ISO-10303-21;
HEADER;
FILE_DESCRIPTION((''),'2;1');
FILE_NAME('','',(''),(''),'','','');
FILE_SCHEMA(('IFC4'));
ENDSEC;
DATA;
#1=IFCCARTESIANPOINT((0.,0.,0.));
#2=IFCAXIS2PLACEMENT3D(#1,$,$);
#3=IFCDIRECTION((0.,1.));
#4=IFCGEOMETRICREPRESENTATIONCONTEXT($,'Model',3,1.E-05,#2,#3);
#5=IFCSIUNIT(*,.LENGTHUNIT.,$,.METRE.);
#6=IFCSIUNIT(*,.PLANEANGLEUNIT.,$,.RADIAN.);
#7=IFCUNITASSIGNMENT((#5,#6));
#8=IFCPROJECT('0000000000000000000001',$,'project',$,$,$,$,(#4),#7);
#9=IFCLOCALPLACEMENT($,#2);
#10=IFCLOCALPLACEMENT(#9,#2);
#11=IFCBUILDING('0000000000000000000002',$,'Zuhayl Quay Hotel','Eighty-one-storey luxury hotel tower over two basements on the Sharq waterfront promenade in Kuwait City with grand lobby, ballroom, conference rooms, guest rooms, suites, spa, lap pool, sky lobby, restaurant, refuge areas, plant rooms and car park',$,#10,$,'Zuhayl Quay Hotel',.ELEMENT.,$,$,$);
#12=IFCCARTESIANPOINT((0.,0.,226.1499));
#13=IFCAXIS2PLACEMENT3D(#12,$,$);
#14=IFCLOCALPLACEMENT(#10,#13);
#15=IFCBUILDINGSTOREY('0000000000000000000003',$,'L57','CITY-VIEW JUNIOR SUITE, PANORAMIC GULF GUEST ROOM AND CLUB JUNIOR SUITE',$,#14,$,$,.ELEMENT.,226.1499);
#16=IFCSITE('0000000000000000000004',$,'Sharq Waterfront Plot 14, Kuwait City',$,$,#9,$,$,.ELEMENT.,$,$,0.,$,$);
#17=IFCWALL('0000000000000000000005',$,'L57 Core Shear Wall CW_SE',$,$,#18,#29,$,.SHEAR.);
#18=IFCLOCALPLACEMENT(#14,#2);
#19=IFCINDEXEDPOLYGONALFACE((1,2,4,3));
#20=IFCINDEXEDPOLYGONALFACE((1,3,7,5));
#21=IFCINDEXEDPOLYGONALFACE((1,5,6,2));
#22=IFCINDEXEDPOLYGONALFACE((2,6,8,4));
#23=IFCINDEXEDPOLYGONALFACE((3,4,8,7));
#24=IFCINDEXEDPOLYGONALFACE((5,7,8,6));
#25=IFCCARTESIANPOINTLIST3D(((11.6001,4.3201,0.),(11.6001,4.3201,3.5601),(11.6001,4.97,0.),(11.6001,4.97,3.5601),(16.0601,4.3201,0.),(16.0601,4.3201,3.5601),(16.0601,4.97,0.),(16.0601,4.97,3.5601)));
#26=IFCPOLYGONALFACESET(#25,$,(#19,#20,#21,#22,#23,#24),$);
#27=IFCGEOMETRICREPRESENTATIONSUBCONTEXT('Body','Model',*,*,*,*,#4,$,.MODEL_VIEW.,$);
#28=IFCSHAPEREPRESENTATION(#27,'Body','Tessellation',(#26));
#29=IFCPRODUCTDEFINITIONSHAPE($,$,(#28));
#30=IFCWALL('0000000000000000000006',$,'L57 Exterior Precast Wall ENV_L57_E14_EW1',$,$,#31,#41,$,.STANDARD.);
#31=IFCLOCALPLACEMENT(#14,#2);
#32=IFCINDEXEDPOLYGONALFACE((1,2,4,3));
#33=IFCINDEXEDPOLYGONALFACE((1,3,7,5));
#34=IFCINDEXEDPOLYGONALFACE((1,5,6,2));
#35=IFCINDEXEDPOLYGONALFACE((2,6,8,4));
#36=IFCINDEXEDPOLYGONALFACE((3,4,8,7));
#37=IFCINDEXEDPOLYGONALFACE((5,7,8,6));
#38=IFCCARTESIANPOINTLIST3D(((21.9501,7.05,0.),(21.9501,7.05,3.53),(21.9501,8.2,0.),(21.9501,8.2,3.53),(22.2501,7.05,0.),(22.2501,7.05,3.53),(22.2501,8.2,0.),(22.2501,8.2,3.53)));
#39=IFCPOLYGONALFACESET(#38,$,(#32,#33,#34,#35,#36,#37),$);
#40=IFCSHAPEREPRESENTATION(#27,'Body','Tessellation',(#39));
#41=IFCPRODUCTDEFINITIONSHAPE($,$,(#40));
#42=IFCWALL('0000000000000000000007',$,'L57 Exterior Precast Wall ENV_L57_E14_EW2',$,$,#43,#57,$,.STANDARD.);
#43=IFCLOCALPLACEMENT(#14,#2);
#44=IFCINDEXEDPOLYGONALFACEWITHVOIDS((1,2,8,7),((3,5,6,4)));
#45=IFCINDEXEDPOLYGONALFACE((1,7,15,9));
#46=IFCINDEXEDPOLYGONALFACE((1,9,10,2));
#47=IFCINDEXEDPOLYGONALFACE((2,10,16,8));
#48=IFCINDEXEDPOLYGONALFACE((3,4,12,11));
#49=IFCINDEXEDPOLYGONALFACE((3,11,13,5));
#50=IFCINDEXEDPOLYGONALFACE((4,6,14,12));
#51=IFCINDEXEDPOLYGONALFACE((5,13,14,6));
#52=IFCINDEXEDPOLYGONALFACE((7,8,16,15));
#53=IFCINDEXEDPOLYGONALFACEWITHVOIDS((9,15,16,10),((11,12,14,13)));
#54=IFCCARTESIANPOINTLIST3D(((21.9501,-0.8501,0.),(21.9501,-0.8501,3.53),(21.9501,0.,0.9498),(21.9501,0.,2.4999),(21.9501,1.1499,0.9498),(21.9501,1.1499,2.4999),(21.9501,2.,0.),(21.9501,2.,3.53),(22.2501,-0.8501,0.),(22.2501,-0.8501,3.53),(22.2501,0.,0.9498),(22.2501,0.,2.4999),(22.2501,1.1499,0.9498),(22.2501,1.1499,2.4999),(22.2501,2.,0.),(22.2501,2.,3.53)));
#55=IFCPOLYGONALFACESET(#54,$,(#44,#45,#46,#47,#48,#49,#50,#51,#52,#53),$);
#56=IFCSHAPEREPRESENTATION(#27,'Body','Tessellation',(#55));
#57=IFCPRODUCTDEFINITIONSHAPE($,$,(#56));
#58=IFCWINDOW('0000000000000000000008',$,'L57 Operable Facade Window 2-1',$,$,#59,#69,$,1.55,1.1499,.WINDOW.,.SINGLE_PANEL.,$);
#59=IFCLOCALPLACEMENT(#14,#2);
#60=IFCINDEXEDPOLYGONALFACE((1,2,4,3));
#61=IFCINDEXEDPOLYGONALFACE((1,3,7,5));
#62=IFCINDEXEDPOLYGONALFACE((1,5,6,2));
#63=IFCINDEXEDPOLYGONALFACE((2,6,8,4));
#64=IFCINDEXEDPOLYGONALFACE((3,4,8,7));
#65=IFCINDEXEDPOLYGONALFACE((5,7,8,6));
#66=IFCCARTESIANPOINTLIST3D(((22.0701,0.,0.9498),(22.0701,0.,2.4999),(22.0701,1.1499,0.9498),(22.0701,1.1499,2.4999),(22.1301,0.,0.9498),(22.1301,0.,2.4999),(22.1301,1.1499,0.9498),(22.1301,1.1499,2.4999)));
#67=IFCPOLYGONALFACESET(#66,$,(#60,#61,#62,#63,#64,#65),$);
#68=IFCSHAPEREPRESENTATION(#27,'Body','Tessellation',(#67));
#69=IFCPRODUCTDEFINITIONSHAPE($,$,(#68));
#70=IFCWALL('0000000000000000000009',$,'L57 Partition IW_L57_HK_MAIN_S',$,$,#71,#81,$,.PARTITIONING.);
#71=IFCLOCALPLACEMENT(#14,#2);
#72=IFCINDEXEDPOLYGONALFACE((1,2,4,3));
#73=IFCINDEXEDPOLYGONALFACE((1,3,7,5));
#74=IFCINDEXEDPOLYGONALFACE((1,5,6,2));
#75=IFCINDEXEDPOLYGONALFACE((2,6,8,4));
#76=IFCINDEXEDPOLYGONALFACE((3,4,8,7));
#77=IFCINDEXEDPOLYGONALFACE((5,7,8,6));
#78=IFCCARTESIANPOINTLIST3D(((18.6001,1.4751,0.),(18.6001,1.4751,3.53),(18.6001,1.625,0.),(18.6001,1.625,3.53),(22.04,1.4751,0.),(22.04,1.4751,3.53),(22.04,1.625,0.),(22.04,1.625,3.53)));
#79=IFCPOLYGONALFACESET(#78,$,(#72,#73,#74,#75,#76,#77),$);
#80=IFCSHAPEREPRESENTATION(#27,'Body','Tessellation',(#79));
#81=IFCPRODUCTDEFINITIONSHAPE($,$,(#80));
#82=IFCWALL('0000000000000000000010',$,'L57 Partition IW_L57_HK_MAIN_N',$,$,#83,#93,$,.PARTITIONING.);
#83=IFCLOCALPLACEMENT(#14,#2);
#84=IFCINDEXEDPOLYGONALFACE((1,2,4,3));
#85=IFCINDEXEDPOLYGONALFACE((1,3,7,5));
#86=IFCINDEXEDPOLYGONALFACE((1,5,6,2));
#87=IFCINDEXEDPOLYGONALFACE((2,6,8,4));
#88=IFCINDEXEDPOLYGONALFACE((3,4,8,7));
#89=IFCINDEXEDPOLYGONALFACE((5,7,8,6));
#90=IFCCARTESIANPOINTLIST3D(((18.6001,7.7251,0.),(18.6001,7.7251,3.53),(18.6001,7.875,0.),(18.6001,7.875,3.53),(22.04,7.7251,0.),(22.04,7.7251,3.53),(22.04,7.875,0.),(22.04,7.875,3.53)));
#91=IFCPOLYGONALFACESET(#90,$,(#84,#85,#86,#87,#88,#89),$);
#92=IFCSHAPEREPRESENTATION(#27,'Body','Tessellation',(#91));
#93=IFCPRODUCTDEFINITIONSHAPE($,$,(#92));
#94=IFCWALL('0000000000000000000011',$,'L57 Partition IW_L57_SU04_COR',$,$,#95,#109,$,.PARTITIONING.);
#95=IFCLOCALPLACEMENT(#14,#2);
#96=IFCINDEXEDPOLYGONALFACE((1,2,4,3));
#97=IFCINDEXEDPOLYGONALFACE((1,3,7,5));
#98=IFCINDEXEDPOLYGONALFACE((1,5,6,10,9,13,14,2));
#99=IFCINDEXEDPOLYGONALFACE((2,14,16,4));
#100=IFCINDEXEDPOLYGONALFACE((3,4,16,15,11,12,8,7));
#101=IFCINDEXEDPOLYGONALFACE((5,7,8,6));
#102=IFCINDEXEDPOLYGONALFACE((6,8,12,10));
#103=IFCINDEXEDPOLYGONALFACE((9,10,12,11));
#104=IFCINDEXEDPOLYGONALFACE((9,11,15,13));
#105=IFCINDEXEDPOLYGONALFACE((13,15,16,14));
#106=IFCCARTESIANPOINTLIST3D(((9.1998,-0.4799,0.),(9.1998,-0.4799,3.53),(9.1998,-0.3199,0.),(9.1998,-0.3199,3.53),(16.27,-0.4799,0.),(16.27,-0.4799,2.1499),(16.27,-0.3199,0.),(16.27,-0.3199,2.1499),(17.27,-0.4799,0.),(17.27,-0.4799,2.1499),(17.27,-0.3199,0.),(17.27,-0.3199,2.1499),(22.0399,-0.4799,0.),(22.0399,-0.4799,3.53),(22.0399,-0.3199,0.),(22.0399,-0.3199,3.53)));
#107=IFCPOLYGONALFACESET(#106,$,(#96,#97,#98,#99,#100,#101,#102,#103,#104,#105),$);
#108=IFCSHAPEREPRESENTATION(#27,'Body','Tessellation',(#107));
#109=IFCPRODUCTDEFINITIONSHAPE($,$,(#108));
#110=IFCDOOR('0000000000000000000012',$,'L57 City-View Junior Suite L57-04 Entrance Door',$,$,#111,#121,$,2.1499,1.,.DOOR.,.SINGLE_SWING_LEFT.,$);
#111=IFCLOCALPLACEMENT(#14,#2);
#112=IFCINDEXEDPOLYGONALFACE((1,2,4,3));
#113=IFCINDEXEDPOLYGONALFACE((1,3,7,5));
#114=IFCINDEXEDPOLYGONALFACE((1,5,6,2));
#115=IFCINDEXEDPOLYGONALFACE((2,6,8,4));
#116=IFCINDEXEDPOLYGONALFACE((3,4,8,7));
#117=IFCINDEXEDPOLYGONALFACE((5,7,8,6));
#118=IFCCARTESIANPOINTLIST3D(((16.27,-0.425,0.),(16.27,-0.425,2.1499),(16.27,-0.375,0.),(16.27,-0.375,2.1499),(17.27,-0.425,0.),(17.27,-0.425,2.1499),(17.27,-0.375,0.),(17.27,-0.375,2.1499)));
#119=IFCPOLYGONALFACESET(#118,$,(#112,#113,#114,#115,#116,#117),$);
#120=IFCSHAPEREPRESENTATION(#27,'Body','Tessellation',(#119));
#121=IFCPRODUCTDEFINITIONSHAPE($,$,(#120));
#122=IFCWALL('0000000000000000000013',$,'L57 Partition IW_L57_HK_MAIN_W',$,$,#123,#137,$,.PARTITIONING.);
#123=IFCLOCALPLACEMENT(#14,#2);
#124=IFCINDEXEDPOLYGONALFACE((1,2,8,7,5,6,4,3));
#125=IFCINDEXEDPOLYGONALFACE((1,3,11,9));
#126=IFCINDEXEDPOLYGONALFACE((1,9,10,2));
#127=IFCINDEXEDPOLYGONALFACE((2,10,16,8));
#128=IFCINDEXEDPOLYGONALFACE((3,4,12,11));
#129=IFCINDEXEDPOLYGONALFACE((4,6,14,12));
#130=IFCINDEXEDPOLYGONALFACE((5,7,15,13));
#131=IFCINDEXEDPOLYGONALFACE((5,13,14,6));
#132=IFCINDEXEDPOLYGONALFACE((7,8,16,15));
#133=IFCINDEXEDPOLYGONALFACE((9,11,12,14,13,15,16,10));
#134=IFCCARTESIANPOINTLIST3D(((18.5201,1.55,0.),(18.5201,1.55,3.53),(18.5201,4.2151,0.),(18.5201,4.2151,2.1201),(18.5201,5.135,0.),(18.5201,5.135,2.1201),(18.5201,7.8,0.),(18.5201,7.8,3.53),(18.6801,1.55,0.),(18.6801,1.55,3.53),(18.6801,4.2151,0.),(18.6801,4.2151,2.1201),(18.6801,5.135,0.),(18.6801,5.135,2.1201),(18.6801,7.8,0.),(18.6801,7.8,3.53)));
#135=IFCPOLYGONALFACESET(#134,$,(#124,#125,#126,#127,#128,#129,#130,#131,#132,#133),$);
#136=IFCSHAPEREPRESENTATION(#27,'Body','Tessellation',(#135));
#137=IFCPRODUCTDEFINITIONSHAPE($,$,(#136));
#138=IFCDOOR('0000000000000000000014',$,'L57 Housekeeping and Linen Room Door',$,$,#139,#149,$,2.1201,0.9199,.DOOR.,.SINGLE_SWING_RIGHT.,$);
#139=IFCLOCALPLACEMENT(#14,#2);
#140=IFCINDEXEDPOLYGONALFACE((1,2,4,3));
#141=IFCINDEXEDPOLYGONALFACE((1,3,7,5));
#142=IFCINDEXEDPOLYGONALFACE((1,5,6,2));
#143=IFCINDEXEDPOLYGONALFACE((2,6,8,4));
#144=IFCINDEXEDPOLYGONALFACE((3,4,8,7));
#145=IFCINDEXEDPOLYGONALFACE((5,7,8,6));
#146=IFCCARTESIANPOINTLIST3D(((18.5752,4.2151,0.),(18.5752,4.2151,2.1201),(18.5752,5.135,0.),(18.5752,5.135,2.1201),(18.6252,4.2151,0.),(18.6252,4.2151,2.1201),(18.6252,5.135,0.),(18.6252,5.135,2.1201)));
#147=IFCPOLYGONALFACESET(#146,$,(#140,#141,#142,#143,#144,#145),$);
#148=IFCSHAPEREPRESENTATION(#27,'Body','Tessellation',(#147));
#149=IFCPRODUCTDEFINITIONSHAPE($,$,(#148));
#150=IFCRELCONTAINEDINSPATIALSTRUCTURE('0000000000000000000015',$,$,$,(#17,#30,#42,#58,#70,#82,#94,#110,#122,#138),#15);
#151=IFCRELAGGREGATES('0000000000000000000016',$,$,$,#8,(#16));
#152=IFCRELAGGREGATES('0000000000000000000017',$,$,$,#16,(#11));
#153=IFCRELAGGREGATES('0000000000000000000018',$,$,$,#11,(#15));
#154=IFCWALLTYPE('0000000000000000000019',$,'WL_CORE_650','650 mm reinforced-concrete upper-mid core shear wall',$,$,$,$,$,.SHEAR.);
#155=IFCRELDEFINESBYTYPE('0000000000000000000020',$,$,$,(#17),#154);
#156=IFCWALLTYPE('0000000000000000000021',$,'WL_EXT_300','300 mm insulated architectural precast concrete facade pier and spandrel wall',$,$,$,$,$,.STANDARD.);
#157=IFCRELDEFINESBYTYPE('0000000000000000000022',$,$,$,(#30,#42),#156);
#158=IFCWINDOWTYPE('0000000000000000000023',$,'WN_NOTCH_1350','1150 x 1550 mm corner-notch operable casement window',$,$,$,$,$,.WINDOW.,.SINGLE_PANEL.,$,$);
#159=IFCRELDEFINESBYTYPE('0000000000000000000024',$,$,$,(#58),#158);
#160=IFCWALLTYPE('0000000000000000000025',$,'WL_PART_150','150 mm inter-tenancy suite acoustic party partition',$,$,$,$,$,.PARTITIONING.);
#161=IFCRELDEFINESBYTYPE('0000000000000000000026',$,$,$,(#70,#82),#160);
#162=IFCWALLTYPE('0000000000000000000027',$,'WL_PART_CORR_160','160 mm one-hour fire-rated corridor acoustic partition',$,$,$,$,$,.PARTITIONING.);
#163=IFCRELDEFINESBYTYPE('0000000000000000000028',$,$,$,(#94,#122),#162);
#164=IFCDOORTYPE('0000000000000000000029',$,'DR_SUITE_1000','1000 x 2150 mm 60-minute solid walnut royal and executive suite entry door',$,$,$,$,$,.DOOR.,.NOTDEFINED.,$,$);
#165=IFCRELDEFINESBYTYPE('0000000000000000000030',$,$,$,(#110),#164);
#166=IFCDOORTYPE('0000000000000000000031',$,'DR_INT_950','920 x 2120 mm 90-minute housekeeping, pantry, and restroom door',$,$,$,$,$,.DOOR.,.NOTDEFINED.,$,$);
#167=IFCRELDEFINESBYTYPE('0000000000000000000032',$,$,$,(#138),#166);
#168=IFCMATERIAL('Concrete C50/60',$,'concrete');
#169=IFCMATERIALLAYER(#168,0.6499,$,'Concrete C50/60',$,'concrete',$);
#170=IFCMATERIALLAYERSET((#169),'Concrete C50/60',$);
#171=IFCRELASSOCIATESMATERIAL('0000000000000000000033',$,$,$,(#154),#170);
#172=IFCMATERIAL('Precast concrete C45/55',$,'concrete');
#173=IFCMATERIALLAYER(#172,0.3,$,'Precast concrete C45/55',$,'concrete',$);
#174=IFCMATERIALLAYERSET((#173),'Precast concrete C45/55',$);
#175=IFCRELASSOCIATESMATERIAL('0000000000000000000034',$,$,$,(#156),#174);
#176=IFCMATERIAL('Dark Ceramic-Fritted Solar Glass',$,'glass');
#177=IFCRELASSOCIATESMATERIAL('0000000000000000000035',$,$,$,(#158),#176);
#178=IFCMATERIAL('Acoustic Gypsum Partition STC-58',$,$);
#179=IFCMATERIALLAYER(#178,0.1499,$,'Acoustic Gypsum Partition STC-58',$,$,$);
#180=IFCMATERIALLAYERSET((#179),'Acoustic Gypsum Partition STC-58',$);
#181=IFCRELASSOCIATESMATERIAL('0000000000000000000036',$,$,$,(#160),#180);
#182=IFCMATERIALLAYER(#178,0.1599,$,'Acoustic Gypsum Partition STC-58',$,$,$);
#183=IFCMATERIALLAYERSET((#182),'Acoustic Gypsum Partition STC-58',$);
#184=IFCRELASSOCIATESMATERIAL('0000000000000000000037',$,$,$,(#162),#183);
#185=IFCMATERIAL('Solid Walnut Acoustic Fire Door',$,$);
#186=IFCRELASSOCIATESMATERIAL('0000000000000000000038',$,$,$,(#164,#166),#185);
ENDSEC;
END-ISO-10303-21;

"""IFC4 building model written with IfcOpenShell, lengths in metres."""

from ifc_helpers import new_model, si_unit, direction, frame, frame_2d, origin, place, context, subcontext, project, spatial, rectangle, extrude, material, layer, layer_set, type_object, element, fill, save


model = new_model("IFC4")

# Units and contexts
model_context = context("Model", 3, precision=1e-05, world=origin(), true_north=direction((0.0, 1.0)))
body_context = subcontext(model_context, "Body", "Model", "MODEL_VIEW")
ifc_project = project(units=[si_unit("LENGTHUNIT", "METRE"), si_unit("PLANEANGLEUNIT", "RADIAN")], contexts=[model_context])

# Site, building, storey
site_placement = place(None, origin())
site = spatial("IfcSite", under=ifc_project, at=site_placement, Name="Sharq Waterfront Plot 14, Kuwait City", CompositionType="ELEMENT", RefElevation=0.0)
building_placement = place(site_placement, origin())
building = spatial("IfcBuilding", under=site, at=building_placement, Name="Zuhayl Quay Hotel", Description="Eighty-one-storey luxury hotel tower over two basements on the Sharq waterfront promenade in Kuwait City with grand lobby, ballroom, conference rooms, guest rooms, suites, spa, lap pool, sky lobby, restaurant, refuge areas, plant rooms and car park", LongName="Zuhayl Quay Hotel", CompositionType="ELEMENT")
storey_placement = place(building_placement, frame((0.0, 0.0, 226.1499)))
storey = spatial("IfcBuildingStorey", under=building, at=storey_placement, Name="L57", Description="CITY-VIEW JUNIOR SUITE, PANORAMIC GULF GUEST ROOM AND CLUB JUNIOR SUITE", CompositionType="ELEMENT", Elevation=226.1499)

# Shared definitions
ifc_material_1 = material(Name="Dark Ceramic-Fritted Solar Glass", Category="glass")

# Walls
ifc_material_2 = material(Name="Concrete C50/60", Category="concrete")
ifc_layer_1 = layer(ifc_material_2, 0.6499, Name="Concrete C50/60", Category="concrete")
ifc_layer_set_1 = layer_set([ifc_layer_1], Name="Concrete C50/60")
wall_type_1 = type_object("IfcWallType", Name="WL_CORE_650", Description="650 mm reinforced-concrete upper-mid core shear wall", PredefinedType="SHEAR", material=ifc_layer_set_1)
wall_1_placement = place(storey_placement, frame((11.6001, 4.645, 0.0), z_axis=(0.0, 0.0, 1.0), x_axis=(1.0, 0.0, 0.0)))
element("IfcWall", 1, at=wall_1_placement, inside=storey, type_object=wall_type_1, Name="L57 Core Shear Wall CW_SE", PredefinedType="SHEAR", context=body_context, shape_type="SweptSolid", body=[
    extrude(rectangle(XDim=4.46, YDim=0.6499, at=frame_2d((2.23, 0.0))), origin(), (0.0, 0.0, 1.0), 3.5601),
])
ifc_material_3 = material(Name="Precast concrete C45/55", Category="concrete")
ifc_layer_2 = layer(ifc_material_3, 0.3, Name="Precast concrete C45/55", Category="concrete")
ifc_layer_set_2 = layer_set([ifc_layer_2], Name="Precast concrete C45/55")
wall_type_2 = type_object("IfcWallType", Name="WL_EXT_300", Description="300 mm insulated architectural precast concrete facade pier and spandrel wall", PredefinedType="STANDARD", material=ifc_layer_set_2)
wall_2_placement = place(storey_placement, frame((22.1001, 8.2, 0.0), z_axis=(0.0, 0.0, 1.0), x_axis=(0.0, -1.0, 0.0)))
element("IfcWall", 2, at=wall_2_placement, inside=storey, type_object=wall_type_2, Name="L57 Exterior Precast Wall ENV_L57_E14_EW1", PredefinedType="STANDARD", context=body_context, shape_type="SweptSolid", body=[
    extrude(rectangle(XDim=1.1499, YDim=0.3, at=frame_2d((0.575, 0.0))), origin(), (0.0, 0.0, 1.0), 3.53),
])

# Wall, opening, window
wall_3_placement = place(storey_placement, frame((22.1001, 2.0, 0.0), z_axis=(0.0, 0.0, 1.0), x_axis=(0.0, -1.0, 0.0)))
wall_3 = element("IfcWall", 3, at=wall_3_placement, inside=storey, type_object=wall_type_2, Name="L57 Exterior Precast Wall ENV_L57_E14_EW2", PredefinedType="STANDARD", context=body_context, shape_type="SweptSolid", body=[
    extrude(rectangle(XDim=2.8501, YDim=0.3, at=frame_2d((1.425, 0.0))), origin(), (0.0, 0.0, 1.0), 3.53),
])
opening_1_placement = place(wall_3_placement, frame((0.8501, 0.0, 0.95)))
opening_1 = element("IfcOpeningElement", 4, at=opening_1_placement, cuts=wall_3, PredefinedType="OPENING", context=body_context, shape_type="SweptSolid", body=[
    extrude(rectangle(XDim=1.1499, YDim=1.55, at=frame_2d((0.575, 0.7749))), frame((0.0, 0.1599, 0.0), z_axis=(0.0, -1.0, 0.0), x_axis=(1.0, 0.0, 0.0)), (0.0, 0.0, 1.0), 0.3201),
])
window_type = type_object("IfcWindowType", Name="WN_NOTCH_1350", Description="1150 x 1550 mm corner-notch operable casement window", PartitioningType="SINGLE_PANEL", PredefinedType="WINDOW", material=ifc_material_1)
window_placement = place(opening_1_placement, origin())
window = element("IfcWindow", 5, at=window_placement, inside=storey, type_object=window_type, Name="L57 Operable Facade Window 2-1", OverallHeight=1.55, OverallWidth=1.1499, PartitioningType="SINGLE_PANEL", PredefinedType="WINDOW", context=body_context, shape_type="SweptSolid", body=[
    extrude(rectangle(XDim=1.1499, YDim=1.55, at=frame_2d((0.575, 0.7749))), frame((0.0, 0.03, 0.0), z_axis=(0.0, -1.0, 0.0), x_axis=(1.0, 0.0, 0.0)), (0.0, 0.0, 1.0), 0.0601),
])
fill(opening_1, window)

# Walls
ifc_material_4 = material(Name="Acoustic Gypsum Partition STC-58")
ifc_layer_3 = layer(ifc_material_4, 0.1499, Name="Acoustic Gypsum Partition STC-58")
ifc_layer_set_3 = layer_set([ifc_layer_3], Name="Acoustic Gypsum Partition STC-58")
wall_type_3 = type_object("IfcWallType", Name="WL_PART_150", Description="150 mm inter-tenancy suite acoustic party partition", PredefinedType="PARTITIONING", material=ifc_layer_set_3)
for number, where, z_axis, x_axis, name in (
    (6, (18.6001, 1.55, 0.0), (0.0, 0.0, 1.0), (1.0, 0.0, 0.0), "L57 Partition IW_L57_HK_MAIN_S"),
    (7, (18.6001, 7.8, 0.0), (0.0, 0.0, 1.0), (1.0, 0.0, 0.0), "L57 Partition IW_L57_HK_MAIN_N"),
):
    element("IfcWall", number, at=place(storey_placement, frame(where, z_axis=z_axis, x_axis=x_axis)), inside=storey, type_object=wall_type_3, Name=name, PredefinedType="PARTITIONING", context=body_context, shape_type="SweptSolid", body=[
        extrude(rectangle(XDim=3.4399, YDim=0.1499, at=frame_2d((1.72, 0.0))), origin(), (0.0, 0.0, 1.0), 3.53),
    ])

# Walls, openings, doors
ifc_layer_4 = layer(ifc_material_4, 0.1599, Name="Acoustic Gypsum Partition STC-58")
ifc_layer_set_4 = layer_set([ifc_layer_4], Name="Acoustic Gypsum Partition STC-58")
wall_type_4 = type_object("IfcWallType", Name="WL_PART_CORR_160", Description="160 mm one-hour fire-rated corridor acoustic partition", PredefinedType="PARTITIONING", material=ifc_layer_set_4)
wall_4_placement = place(storey_placement, frame((9.2, -0.3999, 0.0), z_axis=(0.0, 0.0, 1.0), x_axis=(1.0, 0.0, 0.0)))
wall_4 = element("IfcWall", 8, at=wall_4_placement, inside=storey, type_object=wall_type_4, Name="L57 Partition IW_L57_SU04_COR", PredefinedType="PARTITIONING", context=body_context, shape_type="SweptSolid", body=[
    extrude(rectangle(XDim=12.8401, YDim=0.1599, at=frame_2d((6.4199, 0.0))), origin(), (0.0, 0.0, 1.0), 3.53),
])
opening_2_placement = place(wall_4_placement, frame((7.0701, 0.0, 0.0)))
opening_2 = element("IfcOpeningElement", 9, at=opening_2_placement, cuts=wall_4, PredefinedType="OPENING", context=body_context, shape_type="SweptSolid", body=[
    extrude(rectangle(XDim=1.0, YDim=2.1499, at=frame_2d((0.5, 1.075))), frame((0.0, 0.0898, 0.0), z_axis=(0.0, -1.0, 0.0), x_axis=(1.0, 0.0, 0.0)), (0.0, 0.0, 1.0), 0.1799),
])
ifc_material_5 = material(Name="Solid Walnut Acoustic Fire Door")
door_type_1 = type_object("IfcDoorType", Name="DR_SUITE_1000", Description="1000 x 2150 mm 60-minute solid walnut royal and executive suite entry door", OperationType="NOTDEFINED", PredefinedType="DOOR", material=ifc_material_5)
door_1_placement = place(opening_2_placement, origin())
door_1 = element("IfcDoor", 10, at=door_1_placement, inside=storey, type_object=door_type_1, Name="L57 City-View Junior Suite L57-04 Entrance Door", OperationType="SINGLE_SWING_LEFT", OverallHeight=2.1499, OverallWidth=1.0, PredefinedType="DOOR", context=body_context, shape_type="SweptSolid", body=[
    extrude(rectangle(XDim=1.0, YDim=2.1499, at=frame_2d((0.5, 1.075))), frame((0.0, 0.0249, 0.0), z_axis=(0.0, -1.0, 0.0), x_axis=(1.0, 0.0, 0.0)), (0.0, 0.0, 1.0), 0.05),
])
fill(opening_2, door_1)
wall_5_placement = place(storey_placement, frame((18.6001, 1.55, 0.0), z_axis=(0.0, 0.0, 1.0), x_axis=(0.0, 1.0, 0.0)))
wall_5 = element("IfcWall", 11, at=wall_5_placement, inside=storey, type_object=wall_type_4, Name="L57 Partition IW_L57_HK_MAIN_W", PredefinedType="PARTITIONING", context=body_context, shape_type="SweptSolid", body=[
    extrude(rectangle(XDim=6.25, YDim=0.1599, at=frame_2d((3.125, 0.0))), origin(), (0.0, 0.0, 1.0), 3.53),
])
opening_3_placement = place(wall_5_placement, frame((2.665, 0.0, 0.0)))
opening_3 = element("IfcOpeningElement", 12, at=opening_3_placement, cuts=wall_5, PredefinedType="OPENING", context=body_context, shape_type="SweptSolid", body=[
    extrude(rectangle(XDim=0.9199, YDim=2.1201, at=frame_2d((0.46, 1.0601))), frame((0.0, 0.0898, 0.0), z_axis=(0.0, -1.0, 0.0), x_axis=(1.0, 0.0, 0.0)), (0.0, 0.0, 1.0), 0.1799),
])
door_type_2 = type_object("IfcDoorType", Name="DR_INT_950", Description="920 x 2120 mm 90-minute housekeeping, pantry, and restroom door", OperationType="NOTDEFINED", PredefinedType="DOOR", material=ifc_material_5)
door_2_placement = place(opening_3_placement, origin())
door_2 = element("IfcDoor", 13, at=door_2_placement, inside=storey, type_object=door_type_2, Name="L57 Housekeeping and Linen Room Door", OperationType="SINGLE_SWING_RIGHT", OverallHeight=2.1201, OverallWidth=0.9199, PredefinedType="DOOR", context=body_context, shape_type="SweptSolid", body=[
    extrude(rectangle(XDim=0.9199, YDim=2.1201, at=frame_2d((0.46, 1.0601))), frame((0.0, 0.0249, 0.0), z_axis=(0.0, -1.0, 0.0), x_axis=(1.0, 0.0, 0.0)), (0.0, 0.0, 1.0), 0.05),
])
fill(opening_3, door_2)

save(model, "model.ifc")
